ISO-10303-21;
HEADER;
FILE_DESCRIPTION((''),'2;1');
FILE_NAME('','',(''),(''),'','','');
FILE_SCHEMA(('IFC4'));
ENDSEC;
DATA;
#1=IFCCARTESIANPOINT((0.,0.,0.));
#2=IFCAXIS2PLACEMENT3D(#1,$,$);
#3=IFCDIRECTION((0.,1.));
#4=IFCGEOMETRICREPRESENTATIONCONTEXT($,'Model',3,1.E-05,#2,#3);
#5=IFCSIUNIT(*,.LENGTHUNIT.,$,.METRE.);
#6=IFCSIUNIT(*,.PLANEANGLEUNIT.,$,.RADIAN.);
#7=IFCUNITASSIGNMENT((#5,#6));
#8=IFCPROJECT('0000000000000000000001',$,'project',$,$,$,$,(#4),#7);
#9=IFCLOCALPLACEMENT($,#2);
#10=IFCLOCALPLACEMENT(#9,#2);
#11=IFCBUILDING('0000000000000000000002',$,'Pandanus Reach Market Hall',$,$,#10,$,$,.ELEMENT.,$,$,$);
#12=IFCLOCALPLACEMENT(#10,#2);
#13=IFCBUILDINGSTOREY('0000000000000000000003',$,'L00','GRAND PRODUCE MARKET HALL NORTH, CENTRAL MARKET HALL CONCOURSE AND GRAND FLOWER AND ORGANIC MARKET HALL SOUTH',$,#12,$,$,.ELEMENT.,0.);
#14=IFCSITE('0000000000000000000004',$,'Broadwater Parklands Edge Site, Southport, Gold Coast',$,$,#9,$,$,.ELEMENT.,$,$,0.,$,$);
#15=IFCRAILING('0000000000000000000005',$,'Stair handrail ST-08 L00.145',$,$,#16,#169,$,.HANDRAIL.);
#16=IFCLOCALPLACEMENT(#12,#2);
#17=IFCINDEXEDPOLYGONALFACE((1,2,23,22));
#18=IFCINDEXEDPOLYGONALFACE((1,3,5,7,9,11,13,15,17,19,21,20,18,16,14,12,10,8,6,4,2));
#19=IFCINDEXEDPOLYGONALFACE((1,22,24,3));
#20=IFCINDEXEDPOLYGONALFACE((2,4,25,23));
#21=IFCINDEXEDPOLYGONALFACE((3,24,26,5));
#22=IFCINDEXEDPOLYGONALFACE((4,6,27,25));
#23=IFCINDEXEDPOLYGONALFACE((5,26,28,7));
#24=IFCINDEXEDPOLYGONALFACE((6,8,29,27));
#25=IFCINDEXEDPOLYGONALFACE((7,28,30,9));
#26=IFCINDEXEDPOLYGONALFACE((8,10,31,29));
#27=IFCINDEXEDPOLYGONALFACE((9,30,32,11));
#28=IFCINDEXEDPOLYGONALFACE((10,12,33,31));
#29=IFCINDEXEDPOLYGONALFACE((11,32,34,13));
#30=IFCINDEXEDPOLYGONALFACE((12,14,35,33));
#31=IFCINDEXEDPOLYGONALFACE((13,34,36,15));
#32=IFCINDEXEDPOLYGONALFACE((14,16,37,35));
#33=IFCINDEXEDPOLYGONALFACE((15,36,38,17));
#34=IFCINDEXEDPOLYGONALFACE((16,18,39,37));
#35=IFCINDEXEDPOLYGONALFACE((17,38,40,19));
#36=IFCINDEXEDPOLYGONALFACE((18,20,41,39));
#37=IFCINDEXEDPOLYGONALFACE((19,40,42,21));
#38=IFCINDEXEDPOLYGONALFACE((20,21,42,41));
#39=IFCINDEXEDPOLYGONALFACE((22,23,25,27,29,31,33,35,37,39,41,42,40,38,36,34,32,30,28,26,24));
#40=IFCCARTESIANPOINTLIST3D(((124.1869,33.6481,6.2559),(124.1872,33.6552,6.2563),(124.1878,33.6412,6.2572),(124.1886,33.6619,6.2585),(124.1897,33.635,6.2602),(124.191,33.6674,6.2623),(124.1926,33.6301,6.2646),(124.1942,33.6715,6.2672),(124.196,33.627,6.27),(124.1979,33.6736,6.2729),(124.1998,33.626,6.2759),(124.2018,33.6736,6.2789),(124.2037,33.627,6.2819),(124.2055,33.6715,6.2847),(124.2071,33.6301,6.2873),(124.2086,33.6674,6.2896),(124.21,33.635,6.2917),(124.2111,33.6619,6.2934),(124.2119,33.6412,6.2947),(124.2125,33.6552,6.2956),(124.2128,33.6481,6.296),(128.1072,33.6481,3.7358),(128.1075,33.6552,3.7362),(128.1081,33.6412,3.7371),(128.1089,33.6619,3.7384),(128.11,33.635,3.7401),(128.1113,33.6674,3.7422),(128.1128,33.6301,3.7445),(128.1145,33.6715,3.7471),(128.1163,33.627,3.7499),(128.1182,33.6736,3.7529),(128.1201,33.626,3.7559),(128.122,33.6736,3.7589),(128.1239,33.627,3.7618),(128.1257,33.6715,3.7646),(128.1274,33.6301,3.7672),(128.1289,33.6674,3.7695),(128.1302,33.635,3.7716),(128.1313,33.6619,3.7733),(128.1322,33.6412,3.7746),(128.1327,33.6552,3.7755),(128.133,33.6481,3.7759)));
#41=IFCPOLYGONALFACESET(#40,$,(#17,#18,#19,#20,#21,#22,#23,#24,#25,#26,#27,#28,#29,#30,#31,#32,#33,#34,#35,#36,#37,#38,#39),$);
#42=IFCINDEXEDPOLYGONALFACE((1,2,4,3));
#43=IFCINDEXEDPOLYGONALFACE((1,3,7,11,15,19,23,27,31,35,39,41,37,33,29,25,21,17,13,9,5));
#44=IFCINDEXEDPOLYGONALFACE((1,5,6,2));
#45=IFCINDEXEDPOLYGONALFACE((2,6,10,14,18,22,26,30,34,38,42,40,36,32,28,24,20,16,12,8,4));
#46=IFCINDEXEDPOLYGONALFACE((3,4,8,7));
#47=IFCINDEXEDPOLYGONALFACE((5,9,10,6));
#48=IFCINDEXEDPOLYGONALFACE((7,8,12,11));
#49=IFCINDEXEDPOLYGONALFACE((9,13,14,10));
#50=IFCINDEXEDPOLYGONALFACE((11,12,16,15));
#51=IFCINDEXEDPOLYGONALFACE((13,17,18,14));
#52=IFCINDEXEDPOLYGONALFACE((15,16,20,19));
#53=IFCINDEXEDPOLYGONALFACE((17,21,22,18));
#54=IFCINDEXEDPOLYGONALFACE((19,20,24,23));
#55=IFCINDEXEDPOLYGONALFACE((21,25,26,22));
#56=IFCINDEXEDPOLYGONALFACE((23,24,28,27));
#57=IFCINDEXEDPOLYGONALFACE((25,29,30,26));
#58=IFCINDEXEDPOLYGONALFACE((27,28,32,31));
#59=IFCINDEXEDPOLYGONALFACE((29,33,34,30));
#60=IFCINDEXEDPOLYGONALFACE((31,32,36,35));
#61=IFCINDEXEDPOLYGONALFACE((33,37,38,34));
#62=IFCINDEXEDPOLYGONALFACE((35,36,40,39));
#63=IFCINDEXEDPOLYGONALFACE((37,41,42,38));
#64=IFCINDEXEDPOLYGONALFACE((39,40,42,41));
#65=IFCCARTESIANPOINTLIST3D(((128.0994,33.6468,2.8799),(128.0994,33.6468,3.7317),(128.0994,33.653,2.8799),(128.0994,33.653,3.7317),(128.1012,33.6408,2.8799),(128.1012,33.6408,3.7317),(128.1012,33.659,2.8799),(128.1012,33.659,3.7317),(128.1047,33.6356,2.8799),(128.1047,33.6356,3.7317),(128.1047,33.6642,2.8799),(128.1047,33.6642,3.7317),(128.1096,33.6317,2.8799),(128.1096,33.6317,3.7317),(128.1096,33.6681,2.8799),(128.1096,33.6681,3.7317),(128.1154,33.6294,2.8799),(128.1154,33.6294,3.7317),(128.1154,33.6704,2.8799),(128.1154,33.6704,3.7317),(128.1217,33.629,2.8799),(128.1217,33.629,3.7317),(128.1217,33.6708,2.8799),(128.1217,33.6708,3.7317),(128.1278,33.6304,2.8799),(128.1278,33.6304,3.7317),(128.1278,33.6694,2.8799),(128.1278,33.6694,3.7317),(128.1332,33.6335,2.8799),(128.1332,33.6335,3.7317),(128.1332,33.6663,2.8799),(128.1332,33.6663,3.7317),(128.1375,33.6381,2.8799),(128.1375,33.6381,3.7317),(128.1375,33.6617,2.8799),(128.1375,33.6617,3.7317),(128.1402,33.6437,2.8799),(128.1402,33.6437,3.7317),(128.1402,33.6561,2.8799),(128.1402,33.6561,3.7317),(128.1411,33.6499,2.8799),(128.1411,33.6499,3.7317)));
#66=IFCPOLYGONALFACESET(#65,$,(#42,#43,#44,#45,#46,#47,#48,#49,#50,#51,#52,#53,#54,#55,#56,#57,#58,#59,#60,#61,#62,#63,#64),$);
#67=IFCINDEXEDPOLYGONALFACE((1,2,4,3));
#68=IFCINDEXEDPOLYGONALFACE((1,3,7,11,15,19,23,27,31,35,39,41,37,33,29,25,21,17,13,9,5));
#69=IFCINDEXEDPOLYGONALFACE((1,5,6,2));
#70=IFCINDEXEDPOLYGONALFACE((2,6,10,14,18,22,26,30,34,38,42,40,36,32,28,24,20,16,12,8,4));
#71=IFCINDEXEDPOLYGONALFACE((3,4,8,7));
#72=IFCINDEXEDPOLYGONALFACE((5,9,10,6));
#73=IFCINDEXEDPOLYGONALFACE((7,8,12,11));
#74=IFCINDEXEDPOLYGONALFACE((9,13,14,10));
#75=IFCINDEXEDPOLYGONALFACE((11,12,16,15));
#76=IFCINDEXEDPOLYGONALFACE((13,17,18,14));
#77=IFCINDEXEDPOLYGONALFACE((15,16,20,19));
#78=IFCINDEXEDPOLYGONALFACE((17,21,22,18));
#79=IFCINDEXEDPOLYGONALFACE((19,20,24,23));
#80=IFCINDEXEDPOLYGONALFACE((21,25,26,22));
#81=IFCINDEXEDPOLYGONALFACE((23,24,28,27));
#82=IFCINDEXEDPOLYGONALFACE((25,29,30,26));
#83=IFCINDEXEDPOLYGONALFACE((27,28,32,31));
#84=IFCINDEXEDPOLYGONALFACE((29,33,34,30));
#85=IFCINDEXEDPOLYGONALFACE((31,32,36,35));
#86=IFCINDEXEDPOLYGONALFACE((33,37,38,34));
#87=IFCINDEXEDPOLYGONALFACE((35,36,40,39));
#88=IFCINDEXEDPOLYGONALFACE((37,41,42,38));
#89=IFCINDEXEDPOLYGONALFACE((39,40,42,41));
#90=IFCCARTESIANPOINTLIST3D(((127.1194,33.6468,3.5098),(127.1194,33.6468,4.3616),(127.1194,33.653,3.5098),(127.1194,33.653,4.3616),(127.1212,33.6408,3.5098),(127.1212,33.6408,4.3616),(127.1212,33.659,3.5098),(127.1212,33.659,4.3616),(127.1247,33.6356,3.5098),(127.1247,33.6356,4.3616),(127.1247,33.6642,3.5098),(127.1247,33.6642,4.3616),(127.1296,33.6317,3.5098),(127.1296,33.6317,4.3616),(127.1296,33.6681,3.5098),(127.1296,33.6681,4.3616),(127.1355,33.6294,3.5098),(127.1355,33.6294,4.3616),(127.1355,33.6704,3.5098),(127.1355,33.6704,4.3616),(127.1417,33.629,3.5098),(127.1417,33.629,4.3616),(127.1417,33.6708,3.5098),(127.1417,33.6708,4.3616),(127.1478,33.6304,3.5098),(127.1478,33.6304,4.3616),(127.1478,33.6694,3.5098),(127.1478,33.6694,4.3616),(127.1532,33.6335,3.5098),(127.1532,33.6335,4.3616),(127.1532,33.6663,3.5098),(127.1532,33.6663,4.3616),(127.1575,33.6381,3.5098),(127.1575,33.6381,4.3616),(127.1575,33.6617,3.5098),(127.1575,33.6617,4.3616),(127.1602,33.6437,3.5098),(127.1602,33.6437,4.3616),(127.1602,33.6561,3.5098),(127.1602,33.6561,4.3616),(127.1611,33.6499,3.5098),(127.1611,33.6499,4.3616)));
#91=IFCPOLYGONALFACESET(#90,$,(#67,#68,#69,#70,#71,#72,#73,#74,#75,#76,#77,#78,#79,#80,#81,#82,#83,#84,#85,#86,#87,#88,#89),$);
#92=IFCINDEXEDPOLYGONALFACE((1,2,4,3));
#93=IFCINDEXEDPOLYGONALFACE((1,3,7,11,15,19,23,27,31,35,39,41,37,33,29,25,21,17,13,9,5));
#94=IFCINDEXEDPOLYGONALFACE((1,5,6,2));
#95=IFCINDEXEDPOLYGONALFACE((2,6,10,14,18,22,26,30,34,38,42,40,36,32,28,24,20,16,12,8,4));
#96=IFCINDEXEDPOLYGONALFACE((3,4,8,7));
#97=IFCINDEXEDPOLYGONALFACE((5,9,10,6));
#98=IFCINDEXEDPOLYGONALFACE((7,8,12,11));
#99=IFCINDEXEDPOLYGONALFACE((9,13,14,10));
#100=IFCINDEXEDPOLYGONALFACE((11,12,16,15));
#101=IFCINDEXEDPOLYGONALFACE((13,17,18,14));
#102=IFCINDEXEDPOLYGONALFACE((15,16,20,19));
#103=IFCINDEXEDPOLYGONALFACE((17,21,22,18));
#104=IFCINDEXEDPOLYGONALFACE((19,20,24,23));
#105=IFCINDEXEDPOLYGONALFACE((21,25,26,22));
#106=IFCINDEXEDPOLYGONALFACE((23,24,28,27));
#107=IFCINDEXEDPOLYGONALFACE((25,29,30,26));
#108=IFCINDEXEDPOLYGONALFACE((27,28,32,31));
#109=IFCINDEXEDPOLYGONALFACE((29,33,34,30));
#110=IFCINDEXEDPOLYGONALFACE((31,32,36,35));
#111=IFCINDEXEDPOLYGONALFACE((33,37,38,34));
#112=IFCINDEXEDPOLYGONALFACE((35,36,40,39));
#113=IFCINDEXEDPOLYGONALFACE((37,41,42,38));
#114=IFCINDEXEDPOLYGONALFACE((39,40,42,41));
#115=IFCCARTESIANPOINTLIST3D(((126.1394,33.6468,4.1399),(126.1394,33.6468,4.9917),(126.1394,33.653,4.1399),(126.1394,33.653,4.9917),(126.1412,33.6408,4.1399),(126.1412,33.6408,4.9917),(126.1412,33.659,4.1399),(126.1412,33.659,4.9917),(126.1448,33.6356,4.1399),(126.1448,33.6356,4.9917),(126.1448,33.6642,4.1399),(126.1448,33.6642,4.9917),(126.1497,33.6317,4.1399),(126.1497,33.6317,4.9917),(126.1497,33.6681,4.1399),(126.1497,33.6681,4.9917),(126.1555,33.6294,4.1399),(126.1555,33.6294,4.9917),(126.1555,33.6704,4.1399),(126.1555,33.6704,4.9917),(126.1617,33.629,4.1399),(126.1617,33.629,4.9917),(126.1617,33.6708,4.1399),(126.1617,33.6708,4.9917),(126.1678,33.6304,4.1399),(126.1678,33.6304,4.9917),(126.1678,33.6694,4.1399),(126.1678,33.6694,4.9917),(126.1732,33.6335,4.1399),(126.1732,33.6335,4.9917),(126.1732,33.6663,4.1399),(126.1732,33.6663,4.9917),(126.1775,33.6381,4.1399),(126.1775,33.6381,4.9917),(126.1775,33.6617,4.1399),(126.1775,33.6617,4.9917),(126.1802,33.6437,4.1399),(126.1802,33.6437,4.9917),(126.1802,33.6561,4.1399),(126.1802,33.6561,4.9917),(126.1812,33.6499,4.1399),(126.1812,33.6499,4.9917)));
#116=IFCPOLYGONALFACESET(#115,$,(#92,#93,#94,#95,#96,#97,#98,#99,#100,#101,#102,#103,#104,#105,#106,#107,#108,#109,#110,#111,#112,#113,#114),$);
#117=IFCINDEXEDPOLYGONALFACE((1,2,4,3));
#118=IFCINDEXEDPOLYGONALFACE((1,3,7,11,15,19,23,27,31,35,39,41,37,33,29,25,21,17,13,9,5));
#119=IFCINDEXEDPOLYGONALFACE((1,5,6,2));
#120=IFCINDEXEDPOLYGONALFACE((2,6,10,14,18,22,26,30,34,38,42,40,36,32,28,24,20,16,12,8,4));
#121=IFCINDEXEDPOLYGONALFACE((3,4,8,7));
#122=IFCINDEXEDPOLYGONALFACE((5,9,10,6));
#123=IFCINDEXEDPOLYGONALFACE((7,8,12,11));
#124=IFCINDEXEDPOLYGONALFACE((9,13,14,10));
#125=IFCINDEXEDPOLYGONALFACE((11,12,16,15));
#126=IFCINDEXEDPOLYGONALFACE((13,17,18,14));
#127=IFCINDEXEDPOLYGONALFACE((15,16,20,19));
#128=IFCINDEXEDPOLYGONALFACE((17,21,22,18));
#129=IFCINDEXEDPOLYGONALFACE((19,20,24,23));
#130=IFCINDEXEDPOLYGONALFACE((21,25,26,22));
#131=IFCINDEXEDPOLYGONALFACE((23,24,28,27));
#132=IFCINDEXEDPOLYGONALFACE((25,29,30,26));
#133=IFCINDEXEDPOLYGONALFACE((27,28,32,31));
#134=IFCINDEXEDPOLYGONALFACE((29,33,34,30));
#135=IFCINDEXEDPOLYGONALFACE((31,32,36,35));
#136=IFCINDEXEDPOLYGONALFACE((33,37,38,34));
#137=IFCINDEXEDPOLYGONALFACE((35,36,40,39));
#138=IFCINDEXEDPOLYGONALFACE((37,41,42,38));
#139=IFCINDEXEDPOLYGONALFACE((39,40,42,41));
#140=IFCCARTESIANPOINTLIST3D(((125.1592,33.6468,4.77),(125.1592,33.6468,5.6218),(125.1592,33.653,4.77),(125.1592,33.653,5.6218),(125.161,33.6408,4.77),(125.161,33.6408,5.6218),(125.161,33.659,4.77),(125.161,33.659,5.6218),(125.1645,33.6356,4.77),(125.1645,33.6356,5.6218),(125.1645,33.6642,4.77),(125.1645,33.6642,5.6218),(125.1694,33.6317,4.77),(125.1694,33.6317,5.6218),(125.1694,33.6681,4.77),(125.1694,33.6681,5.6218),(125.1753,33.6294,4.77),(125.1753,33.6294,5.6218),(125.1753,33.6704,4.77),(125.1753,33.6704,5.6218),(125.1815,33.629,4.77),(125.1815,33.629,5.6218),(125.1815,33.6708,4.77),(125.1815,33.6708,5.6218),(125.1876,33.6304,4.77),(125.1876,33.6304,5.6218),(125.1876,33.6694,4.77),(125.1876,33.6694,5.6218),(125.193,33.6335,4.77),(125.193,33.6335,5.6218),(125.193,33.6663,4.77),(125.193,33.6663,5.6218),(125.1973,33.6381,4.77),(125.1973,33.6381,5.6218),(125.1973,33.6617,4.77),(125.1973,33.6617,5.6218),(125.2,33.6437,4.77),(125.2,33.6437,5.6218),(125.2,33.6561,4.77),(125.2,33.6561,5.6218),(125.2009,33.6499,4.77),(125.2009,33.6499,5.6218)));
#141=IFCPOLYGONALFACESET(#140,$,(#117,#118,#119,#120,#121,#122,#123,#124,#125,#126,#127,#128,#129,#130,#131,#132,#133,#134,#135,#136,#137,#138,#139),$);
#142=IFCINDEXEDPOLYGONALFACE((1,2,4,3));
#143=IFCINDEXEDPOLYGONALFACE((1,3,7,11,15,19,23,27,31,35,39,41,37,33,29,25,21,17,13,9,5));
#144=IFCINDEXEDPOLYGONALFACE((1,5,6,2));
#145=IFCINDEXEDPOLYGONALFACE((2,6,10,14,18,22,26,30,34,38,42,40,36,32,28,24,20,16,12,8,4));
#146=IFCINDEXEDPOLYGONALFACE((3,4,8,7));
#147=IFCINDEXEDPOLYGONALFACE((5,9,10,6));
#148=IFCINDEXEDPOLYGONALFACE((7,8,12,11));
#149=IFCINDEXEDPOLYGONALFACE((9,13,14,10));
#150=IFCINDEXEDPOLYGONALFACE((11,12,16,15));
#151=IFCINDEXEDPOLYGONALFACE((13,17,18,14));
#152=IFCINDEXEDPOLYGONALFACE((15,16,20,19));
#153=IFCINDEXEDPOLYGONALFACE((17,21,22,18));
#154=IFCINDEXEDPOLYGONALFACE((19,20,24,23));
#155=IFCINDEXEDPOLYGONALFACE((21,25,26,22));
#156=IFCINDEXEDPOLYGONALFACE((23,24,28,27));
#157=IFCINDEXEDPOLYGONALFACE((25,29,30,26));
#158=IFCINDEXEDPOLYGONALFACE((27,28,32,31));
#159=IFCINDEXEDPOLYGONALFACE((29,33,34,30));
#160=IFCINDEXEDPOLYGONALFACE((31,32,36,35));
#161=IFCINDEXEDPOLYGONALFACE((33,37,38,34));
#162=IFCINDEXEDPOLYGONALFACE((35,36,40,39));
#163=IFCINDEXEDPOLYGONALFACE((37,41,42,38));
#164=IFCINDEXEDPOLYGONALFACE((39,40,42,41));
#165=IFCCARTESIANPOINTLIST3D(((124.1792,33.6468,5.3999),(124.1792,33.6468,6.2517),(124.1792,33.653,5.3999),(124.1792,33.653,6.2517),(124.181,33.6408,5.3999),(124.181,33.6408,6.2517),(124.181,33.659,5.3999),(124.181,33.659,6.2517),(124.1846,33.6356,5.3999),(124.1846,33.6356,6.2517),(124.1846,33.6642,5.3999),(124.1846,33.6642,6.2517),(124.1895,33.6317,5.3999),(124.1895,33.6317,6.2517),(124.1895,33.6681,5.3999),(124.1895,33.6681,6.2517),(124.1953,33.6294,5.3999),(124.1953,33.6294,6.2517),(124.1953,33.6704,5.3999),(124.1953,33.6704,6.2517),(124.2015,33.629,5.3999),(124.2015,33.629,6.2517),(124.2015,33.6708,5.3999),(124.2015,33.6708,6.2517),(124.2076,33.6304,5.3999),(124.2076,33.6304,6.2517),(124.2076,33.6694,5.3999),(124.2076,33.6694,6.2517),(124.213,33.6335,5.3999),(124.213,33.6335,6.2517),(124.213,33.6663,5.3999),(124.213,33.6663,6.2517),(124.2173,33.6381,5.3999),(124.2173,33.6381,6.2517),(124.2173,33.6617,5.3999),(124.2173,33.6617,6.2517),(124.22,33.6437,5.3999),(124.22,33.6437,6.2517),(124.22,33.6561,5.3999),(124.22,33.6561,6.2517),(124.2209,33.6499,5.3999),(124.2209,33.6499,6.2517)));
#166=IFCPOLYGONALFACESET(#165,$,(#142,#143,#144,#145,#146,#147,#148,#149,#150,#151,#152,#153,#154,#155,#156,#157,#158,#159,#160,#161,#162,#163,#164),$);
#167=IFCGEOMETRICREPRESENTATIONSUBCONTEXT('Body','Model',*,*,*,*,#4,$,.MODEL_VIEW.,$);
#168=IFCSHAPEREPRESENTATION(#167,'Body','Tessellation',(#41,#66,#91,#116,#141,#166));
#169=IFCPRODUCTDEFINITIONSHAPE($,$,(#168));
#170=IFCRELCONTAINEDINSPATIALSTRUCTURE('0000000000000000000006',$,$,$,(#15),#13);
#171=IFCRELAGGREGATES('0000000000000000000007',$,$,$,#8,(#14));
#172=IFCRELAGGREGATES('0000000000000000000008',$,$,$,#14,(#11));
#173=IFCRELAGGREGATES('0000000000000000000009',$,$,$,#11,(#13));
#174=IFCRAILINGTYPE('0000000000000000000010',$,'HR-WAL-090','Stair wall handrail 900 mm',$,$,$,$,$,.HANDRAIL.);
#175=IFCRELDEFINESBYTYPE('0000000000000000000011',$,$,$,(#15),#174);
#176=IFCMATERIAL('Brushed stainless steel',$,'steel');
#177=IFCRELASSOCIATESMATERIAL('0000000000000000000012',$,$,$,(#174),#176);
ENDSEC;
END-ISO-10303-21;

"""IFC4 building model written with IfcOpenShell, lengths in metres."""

from ifc_helpers import new_model, si_unit, direction, frame, origin, origin_2d, place, context, subcontext, project, spatial, circle, extrude, material, type_object, element, save


model = new_model("IFC4")

# Units and contexts
model_context = context("Model", 3, precision=1e-05, world=origin(), true_north=direction((0.0, 1.0)))
body_context = subcontext(model_context, "Body", "Model", "MODEL_VIEW")
ifc_project = project(units=[si_unit("LENGTHUNIT", "METRE"), si_unit("PLANEANGLEUNIT", "RADIAN")], contexts=[model_context])

# Site, building, storey
site_placement = place(None, origin())
site = spatial("IfcSite", under=ifc_project, at=site_placement, Name="Broadwater Parklands Edge Site, Southport, Gold Coast", CompositionType="ELEMENT", RefElevation=0.0)
building_placement = place(site_placement, origin())
building = spatial("IfcBuilding", under=site, at=building_placement, Name="Pandanus Reach Market Hall", CompositionType="ELEMENT")
storey_placement = place(building_placement, origin())
storey = spatial("IfcBuildingStorey", under=building, at=storey_placement, Name="L00", Description="GRAND PRODUCE MARKET HALL NORTH, CENTRAL MARKET HALL CONCOURSE AND GRAND FLOWER AND ORGANIC MARKET HALL SOUTH", CompositionType="ELEMENT", Elevation=0.0)

# Railing
ifc_material_1 = material(Name="Brushed stainless steel", Category="steel")
railing_type_1 = type_object("IfcRailingType", Name="HR-WAL-090", Description="Stair wall handrail 900 mm", PredefinedType="HANDRAIL", material=ifc_material_1)
railing_1_placement = place(storey_placement, frame((128.1201, 33.6499, 2.8799)))
element("IfcRailing", 1, at=railing_1_placement, inside=storey, type_object=railing_type_1, Name="Stair handrail ST-08 L00.145", PredefinedType="HANDRAIL", context=body_context, shape_type="SweptSolid", body=[
    extrude(circle(Radius=0.0239, at=origin_2d()), frame((0.0, 0.0, 0.876), z_axis=(-0.841187, 0.0, 0.540744), x_axis=(0.0, -1.0, 0.0)), (0.0, 0.0, 1.0), 4.6604),
    extrude(circle(Radius=0.021, at=origin_2d()), origin(), (0.0, 0.0, 1.0), 0.8518),
    extrude(circle(Radius=0.021, at=origin_2d()), frame((-0.98, 0.0, 0.6299)), (0.0, 0.0, 1.0), 0.8518),
    extrude(circle(Radius=0.021, at=origin_2d()), frame((-1.96, 0.0, 1.26)), (0.0, 0.0, 1.0), 0.8518),
    extrude(circle(Radius=0.021, at=origin_2d()), frame((-2.9402, 0.0, 1.8901)), (0.0, 0.0, 1.0), 0.8518),
    extrude(circle(Radius=0.021, at=origin_2d()), frame((-3.9202, 0.0, 2.52)), (0.0, 0.0, 1.0), 0.8518),
])

save(model, "model.ifc")
